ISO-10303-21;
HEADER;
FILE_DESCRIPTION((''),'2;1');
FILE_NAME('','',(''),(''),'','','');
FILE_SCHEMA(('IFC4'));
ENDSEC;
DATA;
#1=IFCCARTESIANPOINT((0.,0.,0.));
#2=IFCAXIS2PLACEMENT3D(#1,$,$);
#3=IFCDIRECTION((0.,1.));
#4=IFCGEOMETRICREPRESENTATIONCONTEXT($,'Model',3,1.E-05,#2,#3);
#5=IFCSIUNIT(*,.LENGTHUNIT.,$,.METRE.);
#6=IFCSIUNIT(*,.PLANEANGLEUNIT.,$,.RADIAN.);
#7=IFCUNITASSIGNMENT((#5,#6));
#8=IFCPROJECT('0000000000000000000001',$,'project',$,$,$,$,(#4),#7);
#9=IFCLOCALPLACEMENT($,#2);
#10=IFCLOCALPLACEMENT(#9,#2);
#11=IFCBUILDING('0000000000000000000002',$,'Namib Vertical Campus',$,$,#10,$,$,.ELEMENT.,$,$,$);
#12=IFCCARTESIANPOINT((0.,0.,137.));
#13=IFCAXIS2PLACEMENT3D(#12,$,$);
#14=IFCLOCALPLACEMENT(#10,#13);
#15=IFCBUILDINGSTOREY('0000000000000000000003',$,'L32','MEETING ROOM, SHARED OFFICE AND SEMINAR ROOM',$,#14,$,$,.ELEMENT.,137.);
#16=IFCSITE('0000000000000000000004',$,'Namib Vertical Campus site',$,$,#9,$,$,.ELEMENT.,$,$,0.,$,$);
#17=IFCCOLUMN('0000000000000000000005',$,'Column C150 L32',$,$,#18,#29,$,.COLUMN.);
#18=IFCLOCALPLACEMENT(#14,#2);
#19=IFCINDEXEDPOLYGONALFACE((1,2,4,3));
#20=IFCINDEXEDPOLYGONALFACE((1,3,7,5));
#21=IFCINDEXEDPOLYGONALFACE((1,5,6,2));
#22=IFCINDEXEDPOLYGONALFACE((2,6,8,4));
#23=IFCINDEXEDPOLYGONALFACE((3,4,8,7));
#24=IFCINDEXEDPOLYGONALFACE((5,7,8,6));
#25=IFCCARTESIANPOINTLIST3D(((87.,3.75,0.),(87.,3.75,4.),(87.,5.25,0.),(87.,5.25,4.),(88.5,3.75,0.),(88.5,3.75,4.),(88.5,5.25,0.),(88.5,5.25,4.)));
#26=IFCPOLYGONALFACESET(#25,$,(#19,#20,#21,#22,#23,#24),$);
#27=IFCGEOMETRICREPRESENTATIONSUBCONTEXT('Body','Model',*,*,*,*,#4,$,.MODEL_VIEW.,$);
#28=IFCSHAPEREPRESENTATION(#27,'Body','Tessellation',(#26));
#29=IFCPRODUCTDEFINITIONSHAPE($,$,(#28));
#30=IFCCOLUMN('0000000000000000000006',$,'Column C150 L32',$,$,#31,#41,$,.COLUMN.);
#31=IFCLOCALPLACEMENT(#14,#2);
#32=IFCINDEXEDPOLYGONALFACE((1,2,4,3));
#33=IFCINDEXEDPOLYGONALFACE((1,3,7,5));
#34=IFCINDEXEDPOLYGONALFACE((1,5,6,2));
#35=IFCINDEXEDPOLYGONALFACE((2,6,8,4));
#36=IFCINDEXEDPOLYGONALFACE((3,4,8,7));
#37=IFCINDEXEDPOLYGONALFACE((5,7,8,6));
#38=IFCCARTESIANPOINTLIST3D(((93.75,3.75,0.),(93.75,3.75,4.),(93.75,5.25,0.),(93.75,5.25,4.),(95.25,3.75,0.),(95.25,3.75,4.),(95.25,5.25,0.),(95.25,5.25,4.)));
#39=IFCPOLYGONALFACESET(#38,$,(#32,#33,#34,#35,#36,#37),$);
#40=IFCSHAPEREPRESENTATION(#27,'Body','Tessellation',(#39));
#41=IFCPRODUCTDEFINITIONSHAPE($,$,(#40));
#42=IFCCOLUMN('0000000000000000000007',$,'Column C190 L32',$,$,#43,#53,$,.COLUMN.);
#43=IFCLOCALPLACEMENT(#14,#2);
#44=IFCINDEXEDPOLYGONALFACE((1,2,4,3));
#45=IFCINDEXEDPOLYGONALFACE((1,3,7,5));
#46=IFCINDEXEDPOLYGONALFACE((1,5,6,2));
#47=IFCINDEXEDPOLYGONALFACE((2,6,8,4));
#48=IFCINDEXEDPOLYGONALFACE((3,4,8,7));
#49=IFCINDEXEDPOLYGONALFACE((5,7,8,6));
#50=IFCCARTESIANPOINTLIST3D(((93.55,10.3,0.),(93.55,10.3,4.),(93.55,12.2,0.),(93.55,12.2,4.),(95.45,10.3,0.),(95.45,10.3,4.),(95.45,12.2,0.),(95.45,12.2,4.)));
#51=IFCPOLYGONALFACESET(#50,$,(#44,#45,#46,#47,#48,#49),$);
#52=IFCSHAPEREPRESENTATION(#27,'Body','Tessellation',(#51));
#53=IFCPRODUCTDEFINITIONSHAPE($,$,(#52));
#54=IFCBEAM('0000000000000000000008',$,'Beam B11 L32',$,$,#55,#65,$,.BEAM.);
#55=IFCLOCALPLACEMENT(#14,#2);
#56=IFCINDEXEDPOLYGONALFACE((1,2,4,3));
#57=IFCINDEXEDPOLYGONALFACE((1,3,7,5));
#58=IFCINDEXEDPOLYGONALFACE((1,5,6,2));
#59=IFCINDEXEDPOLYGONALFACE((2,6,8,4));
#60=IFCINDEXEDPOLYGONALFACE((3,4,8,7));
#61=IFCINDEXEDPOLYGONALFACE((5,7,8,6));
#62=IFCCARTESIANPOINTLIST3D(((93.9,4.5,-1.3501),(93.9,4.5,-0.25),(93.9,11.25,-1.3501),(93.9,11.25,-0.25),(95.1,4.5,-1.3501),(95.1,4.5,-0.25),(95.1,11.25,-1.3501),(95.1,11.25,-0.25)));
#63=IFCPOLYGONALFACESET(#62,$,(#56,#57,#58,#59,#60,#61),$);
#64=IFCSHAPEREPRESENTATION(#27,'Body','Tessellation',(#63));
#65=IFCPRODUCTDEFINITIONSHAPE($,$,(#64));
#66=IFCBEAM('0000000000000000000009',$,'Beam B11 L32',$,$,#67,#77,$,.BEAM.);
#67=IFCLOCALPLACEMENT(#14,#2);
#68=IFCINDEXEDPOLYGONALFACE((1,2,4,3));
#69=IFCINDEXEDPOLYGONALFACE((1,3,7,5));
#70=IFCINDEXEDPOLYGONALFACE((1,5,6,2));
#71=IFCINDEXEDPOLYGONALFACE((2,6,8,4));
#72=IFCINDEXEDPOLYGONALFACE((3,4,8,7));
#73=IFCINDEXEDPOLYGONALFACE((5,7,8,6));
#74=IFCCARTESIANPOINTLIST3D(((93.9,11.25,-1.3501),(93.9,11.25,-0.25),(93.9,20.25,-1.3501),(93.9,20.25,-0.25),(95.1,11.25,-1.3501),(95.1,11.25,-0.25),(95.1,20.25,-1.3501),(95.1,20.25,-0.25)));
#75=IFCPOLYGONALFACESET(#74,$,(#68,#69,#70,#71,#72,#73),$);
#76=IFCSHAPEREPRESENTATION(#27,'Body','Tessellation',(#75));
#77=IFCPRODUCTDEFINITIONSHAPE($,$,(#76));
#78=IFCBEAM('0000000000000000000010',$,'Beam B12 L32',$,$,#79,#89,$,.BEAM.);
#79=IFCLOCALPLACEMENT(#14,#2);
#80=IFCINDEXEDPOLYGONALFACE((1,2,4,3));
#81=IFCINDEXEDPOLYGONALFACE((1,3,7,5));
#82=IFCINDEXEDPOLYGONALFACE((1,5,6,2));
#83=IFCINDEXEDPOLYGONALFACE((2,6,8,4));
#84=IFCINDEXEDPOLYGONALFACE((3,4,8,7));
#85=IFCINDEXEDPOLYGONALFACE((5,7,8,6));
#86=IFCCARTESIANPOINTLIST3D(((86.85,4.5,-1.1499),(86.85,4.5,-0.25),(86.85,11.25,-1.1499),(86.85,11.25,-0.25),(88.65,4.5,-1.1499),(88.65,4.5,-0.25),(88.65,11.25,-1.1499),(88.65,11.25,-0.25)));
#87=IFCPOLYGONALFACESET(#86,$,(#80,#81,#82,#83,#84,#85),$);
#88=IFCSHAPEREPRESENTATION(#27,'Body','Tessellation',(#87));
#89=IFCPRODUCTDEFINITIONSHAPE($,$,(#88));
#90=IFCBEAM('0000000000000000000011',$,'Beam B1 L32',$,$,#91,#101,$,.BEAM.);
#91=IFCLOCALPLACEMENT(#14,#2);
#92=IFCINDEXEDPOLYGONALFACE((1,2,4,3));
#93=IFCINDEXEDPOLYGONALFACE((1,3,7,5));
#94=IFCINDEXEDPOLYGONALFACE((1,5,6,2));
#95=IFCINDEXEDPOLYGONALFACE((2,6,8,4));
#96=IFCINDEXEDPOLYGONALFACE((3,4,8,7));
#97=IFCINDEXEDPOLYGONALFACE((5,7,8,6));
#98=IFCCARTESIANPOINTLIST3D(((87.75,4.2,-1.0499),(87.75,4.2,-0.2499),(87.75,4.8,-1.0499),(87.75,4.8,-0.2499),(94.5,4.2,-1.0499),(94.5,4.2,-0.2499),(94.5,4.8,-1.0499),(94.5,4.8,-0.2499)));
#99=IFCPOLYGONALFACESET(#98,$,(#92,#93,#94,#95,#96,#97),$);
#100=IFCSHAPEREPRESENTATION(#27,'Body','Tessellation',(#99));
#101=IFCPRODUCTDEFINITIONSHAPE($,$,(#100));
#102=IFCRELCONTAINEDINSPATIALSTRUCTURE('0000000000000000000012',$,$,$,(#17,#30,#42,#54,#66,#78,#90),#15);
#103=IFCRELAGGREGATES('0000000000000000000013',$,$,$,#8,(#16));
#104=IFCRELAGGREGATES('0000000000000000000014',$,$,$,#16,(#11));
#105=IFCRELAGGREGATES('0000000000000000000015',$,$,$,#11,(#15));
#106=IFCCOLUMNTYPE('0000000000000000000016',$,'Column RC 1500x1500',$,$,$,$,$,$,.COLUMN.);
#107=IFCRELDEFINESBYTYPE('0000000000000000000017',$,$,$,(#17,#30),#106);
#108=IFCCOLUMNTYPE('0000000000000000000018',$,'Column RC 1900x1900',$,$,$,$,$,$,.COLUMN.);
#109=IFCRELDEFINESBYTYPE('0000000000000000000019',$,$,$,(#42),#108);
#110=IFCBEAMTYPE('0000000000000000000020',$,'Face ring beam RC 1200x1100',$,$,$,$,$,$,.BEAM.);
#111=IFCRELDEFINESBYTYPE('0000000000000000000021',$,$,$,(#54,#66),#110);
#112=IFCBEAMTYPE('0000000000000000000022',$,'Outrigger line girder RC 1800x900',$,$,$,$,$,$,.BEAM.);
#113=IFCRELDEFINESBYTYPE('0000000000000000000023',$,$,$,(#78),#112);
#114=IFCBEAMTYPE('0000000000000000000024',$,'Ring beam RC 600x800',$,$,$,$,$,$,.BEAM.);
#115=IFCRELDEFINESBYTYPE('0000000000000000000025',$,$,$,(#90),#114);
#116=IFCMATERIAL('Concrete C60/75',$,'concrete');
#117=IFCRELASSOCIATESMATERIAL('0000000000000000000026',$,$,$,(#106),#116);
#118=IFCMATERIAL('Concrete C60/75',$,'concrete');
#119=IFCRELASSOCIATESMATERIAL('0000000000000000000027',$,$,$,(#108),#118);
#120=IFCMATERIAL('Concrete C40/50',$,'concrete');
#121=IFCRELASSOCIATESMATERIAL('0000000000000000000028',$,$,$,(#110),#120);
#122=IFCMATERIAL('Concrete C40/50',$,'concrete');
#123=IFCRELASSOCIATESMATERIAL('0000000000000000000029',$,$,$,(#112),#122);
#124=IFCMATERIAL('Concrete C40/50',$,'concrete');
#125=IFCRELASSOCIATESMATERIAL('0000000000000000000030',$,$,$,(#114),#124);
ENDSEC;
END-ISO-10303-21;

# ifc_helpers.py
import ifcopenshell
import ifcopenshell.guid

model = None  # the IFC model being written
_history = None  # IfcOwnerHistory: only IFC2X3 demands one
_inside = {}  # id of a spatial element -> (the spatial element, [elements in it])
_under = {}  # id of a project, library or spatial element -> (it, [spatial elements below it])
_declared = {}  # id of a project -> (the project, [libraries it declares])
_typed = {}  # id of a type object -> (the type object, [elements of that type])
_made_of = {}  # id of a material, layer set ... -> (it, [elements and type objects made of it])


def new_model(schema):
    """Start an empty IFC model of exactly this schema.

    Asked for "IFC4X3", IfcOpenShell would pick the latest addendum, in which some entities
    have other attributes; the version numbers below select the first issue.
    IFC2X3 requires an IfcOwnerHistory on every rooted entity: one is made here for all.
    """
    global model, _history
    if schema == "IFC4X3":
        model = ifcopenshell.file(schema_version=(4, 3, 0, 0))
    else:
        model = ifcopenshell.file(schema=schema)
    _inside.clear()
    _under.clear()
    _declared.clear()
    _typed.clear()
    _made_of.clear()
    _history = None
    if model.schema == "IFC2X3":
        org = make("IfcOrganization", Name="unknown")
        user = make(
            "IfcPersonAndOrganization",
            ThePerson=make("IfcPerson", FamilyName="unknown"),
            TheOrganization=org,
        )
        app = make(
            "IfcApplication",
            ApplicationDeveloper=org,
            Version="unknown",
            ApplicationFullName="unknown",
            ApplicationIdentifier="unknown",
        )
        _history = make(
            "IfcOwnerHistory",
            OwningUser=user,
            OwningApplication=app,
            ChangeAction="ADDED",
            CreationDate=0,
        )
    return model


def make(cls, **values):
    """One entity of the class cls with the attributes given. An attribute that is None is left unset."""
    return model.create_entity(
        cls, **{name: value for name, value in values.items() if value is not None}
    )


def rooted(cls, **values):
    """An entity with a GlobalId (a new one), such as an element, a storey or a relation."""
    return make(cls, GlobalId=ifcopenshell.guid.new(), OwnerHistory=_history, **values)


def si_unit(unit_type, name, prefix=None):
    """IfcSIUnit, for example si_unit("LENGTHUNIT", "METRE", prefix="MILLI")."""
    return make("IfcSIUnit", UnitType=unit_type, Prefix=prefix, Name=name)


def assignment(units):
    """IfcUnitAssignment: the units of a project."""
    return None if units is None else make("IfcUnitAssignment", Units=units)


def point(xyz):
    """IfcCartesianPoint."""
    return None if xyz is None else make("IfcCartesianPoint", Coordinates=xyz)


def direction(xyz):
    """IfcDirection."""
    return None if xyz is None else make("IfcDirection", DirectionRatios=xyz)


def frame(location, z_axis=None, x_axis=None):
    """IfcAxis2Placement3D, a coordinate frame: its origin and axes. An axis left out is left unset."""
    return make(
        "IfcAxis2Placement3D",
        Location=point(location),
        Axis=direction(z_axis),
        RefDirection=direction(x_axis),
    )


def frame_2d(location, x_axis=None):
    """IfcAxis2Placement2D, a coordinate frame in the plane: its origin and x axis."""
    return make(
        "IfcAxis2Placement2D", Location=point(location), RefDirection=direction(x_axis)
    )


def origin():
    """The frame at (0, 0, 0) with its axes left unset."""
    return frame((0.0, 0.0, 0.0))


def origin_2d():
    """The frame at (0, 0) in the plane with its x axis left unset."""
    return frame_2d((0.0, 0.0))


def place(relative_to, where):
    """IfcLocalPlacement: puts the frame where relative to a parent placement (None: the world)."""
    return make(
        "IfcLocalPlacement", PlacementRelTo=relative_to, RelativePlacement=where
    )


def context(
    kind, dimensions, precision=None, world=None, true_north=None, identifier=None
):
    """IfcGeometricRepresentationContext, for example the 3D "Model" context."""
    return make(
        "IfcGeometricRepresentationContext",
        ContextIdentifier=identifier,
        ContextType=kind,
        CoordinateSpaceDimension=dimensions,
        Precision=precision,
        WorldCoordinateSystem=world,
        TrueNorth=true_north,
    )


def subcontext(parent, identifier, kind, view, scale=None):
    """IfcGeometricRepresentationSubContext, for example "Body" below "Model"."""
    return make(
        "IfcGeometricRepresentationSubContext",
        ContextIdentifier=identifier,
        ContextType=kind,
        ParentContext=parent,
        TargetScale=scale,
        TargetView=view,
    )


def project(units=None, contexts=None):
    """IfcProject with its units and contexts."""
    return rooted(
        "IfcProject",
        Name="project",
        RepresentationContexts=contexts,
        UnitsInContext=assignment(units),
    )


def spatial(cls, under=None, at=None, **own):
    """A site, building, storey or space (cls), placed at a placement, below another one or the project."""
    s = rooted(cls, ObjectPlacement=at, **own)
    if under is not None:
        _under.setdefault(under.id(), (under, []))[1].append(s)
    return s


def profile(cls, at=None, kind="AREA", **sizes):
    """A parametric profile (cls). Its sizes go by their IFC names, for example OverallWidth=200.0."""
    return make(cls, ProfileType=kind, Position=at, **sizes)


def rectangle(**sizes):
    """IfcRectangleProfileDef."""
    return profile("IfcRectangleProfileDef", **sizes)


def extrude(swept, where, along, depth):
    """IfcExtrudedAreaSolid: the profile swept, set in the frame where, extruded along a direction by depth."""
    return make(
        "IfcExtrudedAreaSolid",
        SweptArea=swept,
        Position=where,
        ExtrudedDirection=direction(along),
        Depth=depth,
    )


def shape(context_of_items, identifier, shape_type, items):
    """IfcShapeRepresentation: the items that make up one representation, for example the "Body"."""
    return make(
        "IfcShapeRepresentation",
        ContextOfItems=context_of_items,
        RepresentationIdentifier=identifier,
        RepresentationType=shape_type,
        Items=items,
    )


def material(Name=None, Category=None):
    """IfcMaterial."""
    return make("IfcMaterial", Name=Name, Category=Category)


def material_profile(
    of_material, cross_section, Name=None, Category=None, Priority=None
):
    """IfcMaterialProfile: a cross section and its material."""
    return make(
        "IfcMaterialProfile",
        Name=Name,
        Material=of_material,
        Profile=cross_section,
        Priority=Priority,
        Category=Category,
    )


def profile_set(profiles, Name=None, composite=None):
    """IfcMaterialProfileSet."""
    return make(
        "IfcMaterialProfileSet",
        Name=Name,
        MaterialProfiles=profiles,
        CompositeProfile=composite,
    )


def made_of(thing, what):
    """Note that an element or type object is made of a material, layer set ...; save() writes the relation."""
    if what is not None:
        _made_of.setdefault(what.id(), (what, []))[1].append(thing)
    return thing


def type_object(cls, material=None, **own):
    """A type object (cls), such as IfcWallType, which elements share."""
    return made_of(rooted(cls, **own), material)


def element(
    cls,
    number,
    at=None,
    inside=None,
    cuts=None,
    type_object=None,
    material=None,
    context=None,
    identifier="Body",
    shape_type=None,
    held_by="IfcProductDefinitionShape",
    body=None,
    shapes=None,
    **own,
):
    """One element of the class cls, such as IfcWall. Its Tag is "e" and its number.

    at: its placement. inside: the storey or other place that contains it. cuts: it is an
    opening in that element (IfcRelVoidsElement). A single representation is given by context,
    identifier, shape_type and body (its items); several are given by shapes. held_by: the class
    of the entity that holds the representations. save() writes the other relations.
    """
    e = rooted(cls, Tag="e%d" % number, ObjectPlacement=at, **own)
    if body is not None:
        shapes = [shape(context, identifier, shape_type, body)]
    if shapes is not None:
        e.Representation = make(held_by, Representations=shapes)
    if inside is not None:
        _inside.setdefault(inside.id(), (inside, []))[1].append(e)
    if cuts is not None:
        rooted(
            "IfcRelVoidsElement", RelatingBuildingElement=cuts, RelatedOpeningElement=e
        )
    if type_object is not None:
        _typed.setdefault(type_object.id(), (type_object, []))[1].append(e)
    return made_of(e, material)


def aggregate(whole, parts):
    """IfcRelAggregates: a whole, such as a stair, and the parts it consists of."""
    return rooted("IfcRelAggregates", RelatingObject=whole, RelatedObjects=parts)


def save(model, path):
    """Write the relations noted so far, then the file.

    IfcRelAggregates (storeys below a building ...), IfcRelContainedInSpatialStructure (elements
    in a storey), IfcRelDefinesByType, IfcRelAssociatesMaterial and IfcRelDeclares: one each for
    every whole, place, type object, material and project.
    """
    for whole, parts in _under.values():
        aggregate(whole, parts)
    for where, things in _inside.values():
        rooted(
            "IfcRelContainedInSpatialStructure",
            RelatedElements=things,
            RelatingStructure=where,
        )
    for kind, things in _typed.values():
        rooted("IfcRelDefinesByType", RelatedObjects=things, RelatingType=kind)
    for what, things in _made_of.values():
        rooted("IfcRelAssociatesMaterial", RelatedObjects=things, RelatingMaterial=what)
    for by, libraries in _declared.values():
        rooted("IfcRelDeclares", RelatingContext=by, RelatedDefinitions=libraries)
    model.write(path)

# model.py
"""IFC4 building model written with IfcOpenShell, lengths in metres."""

from ifc_helpers import new_model, si_unit, direction, frame, origin, origin_2d, place, context, subcontext, project, spatial, rectangle, extrude, material, material_profile, profile_set, type_object, element, save


model = new_model("IFC4")

# Units and contexts
model_context = context("Model", 3, precision=1e-05, world=origin(), true_north=direction((0.0, 1.0)))
body_context = subcontext(model_context, "Body", "Model", "MODEL_VIEW")
ifc_project = project(units=[si_unit("LENGTHUNIT", "METRE"), si_unit("PLANEANGLEUNIT", "RADIAN")], contexts=[model_context])

# Site, building, storey
site_placement = place(None, origin())
site = spatial("IfcSite", under=ifc_project, at=site_placement, Name="Namib Vertical Campus site", CompositionType="ELEMENT", RefElevation=0.0)
building_placement = place(site_placement, origin())
building = spatial("IfcBuilding", under=site, at=building_placement, Name="Namib Vertical Campus", CompositionType="ELEMENT")
storey_placement = place(building_placement, frame((0.0, 0.0, 137.0)))
storey = spatial("IfcBuildingStorey", under=building, at=storey_placement, Name="L32", Description="MEETING ROOM, SHARED OFFICE AND SEMINAR ROOM", CompositionType="ELEMENT", Elevation=137.0)

# Columns
ifc_material_1 = material(Name="Concrete C60/75", Category="concrete")
ifc_material_profile_1 = material_profile(ifc_material_1, rectangle(XDim=1.5, YDim=1.5, at=origin_2d()))
ifc_profile_set_1 = profile_set([ifc_material_profile_1], Name="Concrete C60/75")
column_type_1 = type_object("IfcColumnType", Name="Column RC 1500x1500", PredefinedType="COLUMN", material=ifc_profile_set_1)
for number, where, z_axis, x_axis, name in (
    (1, (87.75, 4.5, 0.0), (0.0, 0.0, 1.0), (1.0, 0.0, 0.0), "Column C150 L32"),
    (2, (94.5, 4.5, 0.0), (0.0, 0.0, 1.0), (1.0, 0.0, 0.0), "Column C150 L32"),
):
    element("IfcColumn", number, at=place(storey_placement, frame(where, z_axis=z_axis, x_axis=x_axis)), inside=storey, type_object=column_type_1, Name=name, PredefinedType="COLUMN", context=body_context, shape_type="SweptSolid", body=[
        extrude(rectangle(XDim=1.5, YDim=1.5, at=origin_2d()), origin(), (0.0, 0.0, 1.0), 4.0),
    ])
ifc_material_2 = material(Name="Concrete C60/75", Category="concrete")
ifc_material_profile_2 = material_profile(ifc_material_2, rectangle(XDim=1.8999, YDim=1.8999, at=origin_2d()))
ifc_profile_set_2 = profile_set([ifc_material_profile_2], Name="Concrete C60/75")
column_type_2 = type_object("IfcColumnType", Name="Column RC 1900x1900", PredefinedType="COLUMN", material=ifc_profile_set_2)
column_placement = place(storey_placement, frame((94.5, 11.25, 0.0), z_axis=(0.0, 0.0, 1.0), x_axis=(1.0, 0.0, 0.0)))
element("IfcColumn", 3, at=column_placement, inside=storey, type_object=column_type_2, Name="Column C190 L32", PredefinedType="COLUMN", context=body_context, shape_type="SweptSolid", body=[
    extrude(rectangle(XDim=1.8999, YDim=1.8999, at=origin_2d()), origin(), (0.0, 0.0, 1.0), 4.0),
])

# Beams
ifc_material_3 = material(Name="Concrete C40/50", Category="concrete")
ifc_material_profile_3 = material_profile(ifc_material_3, rectangle(XDim=1.2, YDim=1.1001, at=origin_2d()))
ifc_profile_set_3 = profile_set([ifc_material_profile_3], Name="Concrete C40/50")
beam_type_1 = type_object("IfcBeamType", Name="Face ring beam RC 1200x1100", PredefinedType="BEAM", material=ifc_profile_set_3)
beam_1_placement = place(storey_placement, frame((94.5, 4.5, -0.8), z_axis=(0.0, 1.0, 0.0), x_axis=(-1.0, 0.0, 0.0)))
element("IfcBeam", 4, at=beam_1_placement, inside=storey, type_object=beam_type_1, Name="Beam B11 L32", PredefinedType="BEAM", context=body_context, shape_type="SweptSolid", body=[
    extrude(rectangle(XDim=1.2, YDim=1.1001, at=origin_2d()), origin(), (0.0, 0.0, 1.0), 6.75),
])
beam_2_placement = place(storey_placement, frame((94.5, 11.25, -0.8), z_axis=(0.0, 1.0, 0.0), x_axis=(-1.0, 0.0, 0.0)))
element("IfcBeam", 5, at=beam_2_placement, inside=storey, type_object=beam_type_1, Name="Beam B11 L32", PredefinedType="BEAM", context=body_context, shape_type="SweptSolid", body=[
    extrude(rectangle(XDim=1.2, YDim=1.1001, at=origin_2d()), origin(), (0.0, 0.0, 1.0), 9.0),
])
ifc_material_4 = material(Name="Concrete C40/50", Category="concrete")
ifc_material_profile_4 = material_profile(ifc_material_4, rectangle(XDim=1.8, YDim=0.8999, at=origin_2d()))
ifc_profile_set_4 = profile_set([ifc_material_profile_4], Name="Concrete C40/50")
beam_type_2 = type_object("IfcBeamType", Name="Outrigger line girder RC 1800x900", PredefinedType="BEAM", material=ifc_profile_set_4)
beam_3_placement = place(storey_placement, frame((87.75, 4.5, -0.7), z_axis=(0.0, 1.0, 0.0), x_axis=(-1.0, 0.0, 0.0)))
element("IfcBeam", 6, at=beam_3_placement, inside=storey, type_object=beam_type_2, Name="Beam B12 L32", PredefinedType="BEAM", context=body_context, shape_type="SweptSolid", body=[
    extrude(rectangle(XDim=1.8, YDim=0.8999, at=origin_2d()), origin(), (0.0, 0.0, 1.0), 6.75),
])
ifc_material_5 = material(Name="Concrete C40/50", Category="concrete")
ifc_material_profile_5 = material_profile(ifc_material_5, rectangle(XDim=0.6001, YDim=0.8, at=origin_2d()))
ifc_profile_set_5 = profile_set([ifc_material_profile_5], Name="Concrete C40/50")
beam_type_3 = type_object("IfcBeamType", Name="Ring beam RC 600x800", PredefinedType="BEAM", material=ifc_profile_set_5)
beam_4_placement = place(storey_placement, frame((87.75, 4.5, -0.6499), z_axis=(1.0, 0.0, 0.0), x_axis=(0.0, 1.0, 0.0)))
element("IfcBeam", 7, at=beam_4_placement, inside=storey, type_object=beam_type_3, Name="Beam B1 L32", PredefinedType="BEAM", context=body_context, shape_type="SweptSolid", body=[
    extrude(rectangle(XDim=0.6001, YDim=0.8, at=origin_2d()), origin(), (0.0, 0.0, 1.0), 6.75),
])

save(model, "model.ifc")
